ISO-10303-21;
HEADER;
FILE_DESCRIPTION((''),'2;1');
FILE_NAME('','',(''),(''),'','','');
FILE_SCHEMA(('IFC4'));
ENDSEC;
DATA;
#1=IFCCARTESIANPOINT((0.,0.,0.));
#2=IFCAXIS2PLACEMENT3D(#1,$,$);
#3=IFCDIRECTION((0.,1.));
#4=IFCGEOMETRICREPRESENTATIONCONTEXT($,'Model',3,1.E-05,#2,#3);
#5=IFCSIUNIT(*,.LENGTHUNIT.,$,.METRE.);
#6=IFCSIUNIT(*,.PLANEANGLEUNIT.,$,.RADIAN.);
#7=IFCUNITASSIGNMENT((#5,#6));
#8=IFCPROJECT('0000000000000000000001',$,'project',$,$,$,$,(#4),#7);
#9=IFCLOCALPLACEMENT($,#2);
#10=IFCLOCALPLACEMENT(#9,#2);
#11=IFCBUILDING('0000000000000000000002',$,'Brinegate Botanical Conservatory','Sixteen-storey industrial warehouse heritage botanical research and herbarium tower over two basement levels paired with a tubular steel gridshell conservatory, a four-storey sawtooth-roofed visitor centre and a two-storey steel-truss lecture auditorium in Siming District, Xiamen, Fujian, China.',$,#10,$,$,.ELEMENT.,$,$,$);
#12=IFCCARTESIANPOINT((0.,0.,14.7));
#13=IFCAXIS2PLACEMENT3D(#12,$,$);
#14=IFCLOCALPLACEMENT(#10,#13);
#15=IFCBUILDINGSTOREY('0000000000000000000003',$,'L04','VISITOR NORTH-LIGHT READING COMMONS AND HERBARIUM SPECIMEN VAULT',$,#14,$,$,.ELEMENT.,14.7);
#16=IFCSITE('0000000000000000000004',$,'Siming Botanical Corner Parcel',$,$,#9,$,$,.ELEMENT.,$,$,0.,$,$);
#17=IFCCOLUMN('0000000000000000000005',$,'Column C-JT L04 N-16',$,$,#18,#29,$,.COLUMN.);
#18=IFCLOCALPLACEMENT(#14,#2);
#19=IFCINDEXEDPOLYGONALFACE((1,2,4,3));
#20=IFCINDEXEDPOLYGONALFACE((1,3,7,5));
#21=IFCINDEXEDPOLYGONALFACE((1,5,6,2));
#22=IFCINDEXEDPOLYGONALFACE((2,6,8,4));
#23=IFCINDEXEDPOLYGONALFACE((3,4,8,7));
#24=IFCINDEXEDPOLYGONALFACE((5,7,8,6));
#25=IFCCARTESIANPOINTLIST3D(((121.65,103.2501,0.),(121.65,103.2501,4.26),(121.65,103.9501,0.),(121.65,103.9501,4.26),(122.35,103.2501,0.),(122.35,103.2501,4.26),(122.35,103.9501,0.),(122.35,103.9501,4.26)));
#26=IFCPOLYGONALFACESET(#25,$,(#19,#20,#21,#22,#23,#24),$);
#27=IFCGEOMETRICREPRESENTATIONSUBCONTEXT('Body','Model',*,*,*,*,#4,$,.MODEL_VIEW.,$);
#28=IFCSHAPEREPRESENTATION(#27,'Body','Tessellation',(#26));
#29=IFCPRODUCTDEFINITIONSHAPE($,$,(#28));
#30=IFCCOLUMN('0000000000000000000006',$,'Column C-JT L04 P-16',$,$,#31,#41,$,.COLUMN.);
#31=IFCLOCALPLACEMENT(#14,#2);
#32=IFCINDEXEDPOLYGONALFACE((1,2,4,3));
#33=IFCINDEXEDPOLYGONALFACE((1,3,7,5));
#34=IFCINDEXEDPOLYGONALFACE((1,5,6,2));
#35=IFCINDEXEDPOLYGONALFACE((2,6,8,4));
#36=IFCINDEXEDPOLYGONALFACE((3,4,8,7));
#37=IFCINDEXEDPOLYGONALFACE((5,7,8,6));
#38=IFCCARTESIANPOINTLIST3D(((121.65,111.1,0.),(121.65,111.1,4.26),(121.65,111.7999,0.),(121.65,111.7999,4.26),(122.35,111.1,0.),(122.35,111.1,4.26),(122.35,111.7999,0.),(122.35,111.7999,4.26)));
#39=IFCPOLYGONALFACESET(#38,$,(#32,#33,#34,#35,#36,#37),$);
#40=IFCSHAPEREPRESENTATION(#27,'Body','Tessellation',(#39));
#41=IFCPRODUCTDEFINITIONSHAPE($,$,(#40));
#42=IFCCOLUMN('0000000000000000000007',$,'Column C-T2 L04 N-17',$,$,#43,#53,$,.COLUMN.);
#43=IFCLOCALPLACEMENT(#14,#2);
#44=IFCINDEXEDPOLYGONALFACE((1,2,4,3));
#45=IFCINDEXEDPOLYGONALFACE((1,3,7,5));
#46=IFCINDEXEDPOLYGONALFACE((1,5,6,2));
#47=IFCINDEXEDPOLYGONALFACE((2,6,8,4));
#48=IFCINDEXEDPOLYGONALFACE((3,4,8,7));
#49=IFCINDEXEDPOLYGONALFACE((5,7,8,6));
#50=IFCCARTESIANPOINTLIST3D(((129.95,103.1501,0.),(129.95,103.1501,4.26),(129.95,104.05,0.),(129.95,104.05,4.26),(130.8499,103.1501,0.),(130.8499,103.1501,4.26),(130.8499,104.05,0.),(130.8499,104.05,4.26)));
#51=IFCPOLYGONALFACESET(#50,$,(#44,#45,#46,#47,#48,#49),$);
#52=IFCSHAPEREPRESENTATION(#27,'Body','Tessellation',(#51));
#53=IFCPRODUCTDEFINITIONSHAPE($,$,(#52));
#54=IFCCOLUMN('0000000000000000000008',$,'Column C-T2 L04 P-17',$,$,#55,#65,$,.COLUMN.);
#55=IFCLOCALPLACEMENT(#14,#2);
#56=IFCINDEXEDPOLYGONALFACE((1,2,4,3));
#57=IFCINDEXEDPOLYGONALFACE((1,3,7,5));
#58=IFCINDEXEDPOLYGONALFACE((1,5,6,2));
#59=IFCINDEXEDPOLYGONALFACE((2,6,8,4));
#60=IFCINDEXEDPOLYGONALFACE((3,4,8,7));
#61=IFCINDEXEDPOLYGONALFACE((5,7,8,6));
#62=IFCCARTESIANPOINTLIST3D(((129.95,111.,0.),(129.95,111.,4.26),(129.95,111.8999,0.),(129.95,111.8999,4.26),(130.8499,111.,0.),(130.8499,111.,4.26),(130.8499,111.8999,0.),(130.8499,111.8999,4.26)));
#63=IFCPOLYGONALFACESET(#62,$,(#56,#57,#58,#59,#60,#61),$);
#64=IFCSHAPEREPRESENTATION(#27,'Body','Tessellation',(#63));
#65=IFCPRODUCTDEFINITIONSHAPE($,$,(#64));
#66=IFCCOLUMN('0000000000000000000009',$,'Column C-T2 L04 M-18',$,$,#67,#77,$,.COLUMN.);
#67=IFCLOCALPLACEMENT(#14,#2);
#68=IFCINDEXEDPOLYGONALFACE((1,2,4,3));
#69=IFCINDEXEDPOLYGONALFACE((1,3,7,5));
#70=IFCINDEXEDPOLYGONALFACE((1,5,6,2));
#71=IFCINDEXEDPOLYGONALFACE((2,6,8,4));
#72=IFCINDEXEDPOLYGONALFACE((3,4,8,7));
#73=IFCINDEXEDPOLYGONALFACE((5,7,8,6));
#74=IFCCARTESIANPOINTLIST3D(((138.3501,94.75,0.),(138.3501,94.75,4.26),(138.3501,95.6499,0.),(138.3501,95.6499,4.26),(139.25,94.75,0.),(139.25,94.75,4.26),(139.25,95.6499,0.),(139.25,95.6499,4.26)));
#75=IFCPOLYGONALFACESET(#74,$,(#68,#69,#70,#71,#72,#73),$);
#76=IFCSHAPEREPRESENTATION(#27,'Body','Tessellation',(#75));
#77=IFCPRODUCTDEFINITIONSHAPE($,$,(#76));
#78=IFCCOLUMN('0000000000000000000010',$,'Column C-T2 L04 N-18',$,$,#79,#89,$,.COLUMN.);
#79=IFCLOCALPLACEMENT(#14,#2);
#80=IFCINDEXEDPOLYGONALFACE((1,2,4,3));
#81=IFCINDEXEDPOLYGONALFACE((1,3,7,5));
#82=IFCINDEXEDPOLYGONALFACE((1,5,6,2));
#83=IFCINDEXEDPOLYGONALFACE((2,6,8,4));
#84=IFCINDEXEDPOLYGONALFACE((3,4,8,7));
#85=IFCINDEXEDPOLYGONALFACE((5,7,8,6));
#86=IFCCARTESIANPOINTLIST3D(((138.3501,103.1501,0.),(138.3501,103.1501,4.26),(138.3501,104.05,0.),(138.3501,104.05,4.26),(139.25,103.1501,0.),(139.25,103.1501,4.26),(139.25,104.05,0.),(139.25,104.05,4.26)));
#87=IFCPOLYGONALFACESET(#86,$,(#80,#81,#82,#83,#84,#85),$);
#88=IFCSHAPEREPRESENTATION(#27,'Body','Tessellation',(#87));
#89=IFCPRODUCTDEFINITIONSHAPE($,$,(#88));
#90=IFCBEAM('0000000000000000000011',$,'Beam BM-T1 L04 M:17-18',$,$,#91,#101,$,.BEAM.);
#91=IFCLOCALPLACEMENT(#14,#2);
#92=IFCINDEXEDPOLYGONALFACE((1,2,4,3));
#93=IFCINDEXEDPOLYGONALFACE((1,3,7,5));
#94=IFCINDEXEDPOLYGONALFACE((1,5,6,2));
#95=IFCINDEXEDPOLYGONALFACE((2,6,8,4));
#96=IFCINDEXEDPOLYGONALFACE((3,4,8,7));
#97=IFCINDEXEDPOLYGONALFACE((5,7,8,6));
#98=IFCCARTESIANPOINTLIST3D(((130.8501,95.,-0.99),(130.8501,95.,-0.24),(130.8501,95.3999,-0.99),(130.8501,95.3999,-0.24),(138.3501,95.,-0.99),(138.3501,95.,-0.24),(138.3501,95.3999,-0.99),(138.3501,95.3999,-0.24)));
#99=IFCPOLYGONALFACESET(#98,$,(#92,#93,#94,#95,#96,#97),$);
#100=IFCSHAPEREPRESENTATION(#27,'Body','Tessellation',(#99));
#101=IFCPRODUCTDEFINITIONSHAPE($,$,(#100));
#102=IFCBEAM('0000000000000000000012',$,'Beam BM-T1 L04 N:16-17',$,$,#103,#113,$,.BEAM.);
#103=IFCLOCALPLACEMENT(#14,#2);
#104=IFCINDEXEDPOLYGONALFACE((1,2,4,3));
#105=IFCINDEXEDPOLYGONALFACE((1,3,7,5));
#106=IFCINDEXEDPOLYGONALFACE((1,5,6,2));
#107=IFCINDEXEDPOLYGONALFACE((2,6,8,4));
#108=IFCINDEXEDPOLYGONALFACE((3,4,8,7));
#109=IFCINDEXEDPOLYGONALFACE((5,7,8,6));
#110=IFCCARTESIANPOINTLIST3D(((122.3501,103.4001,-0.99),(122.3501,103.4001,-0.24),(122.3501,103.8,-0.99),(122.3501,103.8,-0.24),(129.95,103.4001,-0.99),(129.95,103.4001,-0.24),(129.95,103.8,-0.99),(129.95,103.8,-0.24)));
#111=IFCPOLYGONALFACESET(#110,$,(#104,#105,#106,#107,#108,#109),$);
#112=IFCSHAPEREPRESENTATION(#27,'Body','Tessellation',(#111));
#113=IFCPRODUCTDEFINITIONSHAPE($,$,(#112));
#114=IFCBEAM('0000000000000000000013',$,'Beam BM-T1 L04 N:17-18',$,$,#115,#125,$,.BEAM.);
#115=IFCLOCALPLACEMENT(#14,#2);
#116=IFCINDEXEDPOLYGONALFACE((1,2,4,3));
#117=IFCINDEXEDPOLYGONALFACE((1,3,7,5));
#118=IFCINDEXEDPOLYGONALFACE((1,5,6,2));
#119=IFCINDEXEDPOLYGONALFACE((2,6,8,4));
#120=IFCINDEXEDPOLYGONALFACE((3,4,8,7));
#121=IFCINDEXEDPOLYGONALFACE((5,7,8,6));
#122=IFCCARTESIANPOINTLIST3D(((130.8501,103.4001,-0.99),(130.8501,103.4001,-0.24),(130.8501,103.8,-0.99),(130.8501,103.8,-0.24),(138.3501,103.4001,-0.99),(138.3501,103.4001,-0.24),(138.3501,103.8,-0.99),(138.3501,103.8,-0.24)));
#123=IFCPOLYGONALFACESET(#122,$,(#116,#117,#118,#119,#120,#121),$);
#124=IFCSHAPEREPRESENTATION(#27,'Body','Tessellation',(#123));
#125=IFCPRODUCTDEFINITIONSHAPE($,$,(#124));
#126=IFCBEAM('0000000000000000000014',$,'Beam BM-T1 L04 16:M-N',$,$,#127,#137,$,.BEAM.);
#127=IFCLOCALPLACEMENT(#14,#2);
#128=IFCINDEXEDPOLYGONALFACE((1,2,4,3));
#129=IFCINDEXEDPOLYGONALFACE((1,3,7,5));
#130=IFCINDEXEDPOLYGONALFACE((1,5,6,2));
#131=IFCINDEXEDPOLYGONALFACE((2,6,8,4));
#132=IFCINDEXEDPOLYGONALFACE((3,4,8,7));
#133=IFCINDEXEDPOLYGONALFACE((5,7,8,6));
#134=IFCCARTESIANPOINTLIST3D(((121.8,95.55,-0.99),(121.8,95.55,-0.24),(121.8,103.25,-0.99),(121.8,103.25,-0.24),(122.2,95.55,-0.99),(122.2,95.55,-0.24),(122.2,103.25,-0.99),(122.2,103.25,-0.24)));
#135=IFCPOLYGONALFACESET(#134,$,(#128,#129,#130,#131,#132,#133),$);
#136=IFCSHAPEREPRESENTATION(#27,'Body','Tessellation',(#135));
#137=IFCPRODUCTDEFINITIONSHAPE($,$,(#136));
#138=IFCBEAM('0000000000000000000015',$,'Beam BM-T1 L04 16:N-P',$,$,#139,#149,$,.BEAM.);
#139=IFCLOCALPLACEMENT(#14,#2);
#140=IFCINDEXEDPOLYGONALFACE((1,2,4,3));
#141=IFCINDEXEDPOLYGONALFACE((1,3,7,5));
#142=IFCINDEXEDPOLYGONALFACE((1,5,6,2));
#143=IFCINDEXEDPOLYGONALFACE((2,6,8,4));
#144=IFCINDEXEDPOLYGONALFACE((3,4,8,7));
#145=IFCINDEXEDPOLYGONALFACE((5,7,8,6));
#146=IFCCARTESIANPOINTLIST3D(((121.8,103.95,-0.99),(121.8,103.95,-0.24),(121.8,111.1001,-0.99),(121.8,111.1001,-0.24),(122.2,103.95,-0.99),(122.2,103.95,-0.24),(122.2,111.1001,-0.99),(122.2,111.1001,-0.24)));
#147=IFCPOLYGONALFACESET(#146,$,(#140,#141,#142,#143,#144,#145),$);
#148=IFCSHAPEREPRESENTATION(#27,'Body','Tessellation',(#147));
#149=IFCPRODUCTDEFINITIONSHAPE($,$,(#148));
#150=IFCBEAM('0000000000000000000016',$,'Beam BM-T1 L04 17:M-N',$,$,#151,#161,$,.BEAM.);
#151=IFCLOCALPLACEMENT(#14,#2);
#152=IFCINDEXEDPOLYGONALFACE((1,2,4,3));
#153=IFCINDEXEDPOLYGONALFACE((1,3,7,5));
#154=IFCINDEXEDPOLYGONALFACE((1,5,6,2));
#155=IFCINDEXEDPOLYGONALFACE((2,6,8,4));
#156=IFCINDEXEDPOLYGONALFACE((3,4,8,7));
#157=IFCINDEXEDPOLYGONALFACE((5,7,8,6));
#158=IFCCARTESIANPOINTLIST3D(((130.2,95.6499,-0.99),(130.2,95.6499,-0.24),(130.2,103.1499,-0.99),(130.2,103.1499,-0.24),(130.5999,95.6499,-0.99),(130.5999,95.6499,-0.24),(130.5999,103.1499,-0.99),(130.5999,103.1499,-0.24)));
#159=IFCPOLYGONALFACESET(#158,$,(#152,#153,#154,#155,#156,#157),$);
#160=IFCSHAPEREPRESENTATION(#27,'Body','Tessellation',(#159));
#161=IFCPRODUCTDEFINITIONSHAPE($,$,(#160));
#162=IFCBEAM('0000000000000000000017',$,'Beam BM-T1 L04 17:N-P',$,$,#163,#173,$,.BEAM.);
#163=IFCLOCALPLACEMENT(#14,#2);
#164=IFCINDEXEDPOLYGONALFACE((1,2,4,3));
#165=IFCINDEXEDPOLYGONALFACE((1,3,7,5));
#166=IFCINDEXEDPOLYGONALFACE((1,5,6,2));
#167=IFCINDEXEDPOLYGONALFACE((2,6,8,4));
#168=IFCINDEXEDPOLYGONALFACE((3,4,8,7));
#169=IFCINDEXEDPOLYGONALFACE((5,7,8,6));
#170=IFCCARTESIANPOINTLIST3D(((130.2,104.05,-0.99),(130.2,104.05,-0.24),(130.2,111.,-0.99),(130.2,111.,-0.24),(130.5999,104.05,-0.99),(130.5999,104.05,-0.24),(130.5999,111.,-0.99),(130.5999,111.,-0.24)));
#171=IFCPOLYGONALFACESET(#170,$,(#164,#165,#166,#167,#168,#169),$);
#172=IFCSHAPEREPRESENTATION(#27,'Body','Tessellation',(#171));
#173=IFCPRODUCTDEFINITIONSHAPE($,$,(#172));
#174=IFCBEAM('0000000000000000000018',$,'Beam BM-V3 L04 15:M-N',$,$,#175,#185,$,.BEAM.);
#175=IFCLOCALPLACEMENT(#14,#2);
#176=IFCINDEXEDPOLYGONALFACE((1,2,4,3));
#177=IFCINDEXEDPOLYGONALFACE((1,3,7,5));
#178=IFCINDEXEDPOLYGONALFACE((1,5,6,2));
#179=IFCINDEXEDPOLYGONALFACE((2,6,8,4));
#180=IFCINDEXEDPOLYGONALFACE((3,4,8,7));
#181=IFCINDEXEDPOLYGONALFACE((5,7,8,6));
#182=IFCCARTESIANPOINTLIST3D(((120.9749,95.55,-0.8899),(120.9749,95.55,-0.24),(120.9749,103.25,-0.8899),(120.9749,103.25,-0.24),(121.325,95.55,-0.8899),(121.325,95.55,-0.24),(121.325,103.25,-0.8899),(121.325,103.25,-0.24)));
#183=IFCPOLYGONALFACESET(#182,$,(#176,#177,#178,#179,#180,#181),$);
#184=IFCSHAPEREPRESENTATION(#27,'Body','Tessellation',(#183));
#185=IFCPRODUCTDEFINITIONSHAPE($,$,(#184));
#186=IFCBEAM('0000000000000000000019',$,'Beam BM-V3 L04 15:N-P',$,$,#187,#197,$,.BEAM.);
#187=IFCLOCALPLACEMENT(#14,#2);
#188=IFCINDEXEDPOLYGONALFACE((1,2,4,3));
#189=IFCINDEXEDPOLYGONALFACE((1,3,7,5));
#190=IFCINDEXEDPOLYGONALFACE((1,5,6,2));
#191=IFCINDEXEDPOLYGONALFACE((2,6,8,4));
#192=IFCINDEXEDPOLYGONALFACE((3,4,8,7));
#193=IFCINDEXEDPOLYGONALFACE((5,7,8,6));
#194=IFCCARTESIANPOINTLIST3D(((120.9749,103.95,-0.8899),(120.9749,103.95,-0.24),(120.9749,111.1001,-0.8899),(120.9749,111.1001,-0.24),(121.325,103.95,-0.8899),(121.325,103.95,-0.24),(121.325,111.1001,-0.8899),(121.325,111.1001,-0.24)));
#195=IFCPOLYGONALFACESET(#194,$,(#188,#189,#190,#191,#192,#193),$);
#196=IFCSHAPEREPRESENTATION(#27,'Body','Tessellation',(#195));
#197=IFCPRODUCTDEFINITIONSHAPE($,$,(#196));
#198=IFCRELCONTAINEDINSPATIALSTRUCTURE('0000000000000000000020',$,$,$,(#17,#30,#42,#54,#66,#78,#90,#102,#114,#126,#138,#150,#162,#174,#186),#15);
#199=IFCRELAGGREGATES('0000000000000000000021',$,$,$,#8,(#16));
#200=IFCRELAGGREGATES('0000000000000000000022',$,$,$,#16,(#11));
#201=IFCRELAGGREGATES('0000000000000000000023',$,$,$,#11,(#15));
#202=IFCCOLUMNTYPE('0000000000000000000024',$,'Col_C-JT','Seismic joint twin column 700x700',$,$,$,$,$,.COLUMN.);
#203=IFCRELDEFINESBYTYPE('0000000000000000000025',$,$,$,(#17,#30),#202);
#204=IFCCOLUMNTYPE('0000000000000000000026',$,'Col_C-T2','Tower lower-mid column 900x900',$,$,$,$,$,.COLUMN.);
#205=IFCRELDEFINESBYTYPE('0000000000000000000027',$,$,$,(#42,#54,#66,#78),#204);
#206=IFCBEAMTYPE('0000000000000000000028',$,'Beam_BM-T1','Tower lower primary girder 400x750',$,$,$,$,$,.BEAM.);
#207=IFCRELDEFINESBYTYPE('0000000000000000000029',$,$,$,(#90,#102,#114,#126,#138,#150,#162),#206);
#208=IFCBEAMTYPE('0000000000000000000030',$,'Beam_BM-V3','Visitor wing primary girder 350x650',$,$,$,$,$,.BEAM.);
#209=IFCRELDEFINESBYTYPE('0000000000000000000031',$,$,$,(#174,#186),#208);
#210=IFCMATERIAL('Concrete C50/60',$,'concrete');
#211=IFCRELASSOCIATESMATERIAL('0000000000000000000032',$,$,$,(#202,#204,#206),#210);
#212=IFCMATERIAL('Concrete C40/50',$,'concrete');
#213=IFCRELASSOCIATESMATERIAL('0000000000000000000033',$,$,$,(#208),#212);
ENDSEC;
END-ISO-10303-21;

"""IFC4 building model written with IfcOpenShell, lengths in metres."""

from ifc_helpers import new_model, si_unit, direction, frame, origin, origin_2d, place, context, subcontext, project, spatial, rectangle, extrude, material, material_profile, profile_set, type_object, element, save


model = new_model("IFC4")

# Units and contexts
model_context = context("Model", 3, precision=1e-05, world=origin(), true_north=direction((0.0, 1.0)))
body_context = subcontext(model_context, "Body", "Model", "MODEL_VIEW")
ifc_project = project(units=[si_unit("LENGTHUNIT", "METRE"), si_unit("PLANEANGLEUNIT", "RADIAN")], contexts=[model_context])

# Site, building, storey
site_placement = place(None, origin())
site = spatial("IfcSite", under=ifc_project, at=site_placement, Name="Siming Botanical Corner Parcel", CompositionType="ELEMENT", RefElevation=0.0)
building_placement = place(site_placement, origin())
building = spatial("IfcBuilding", under=site, at=building_placement, Name="Brinegate Botanical Conservatory", Description="Sixteen-storey industrial warehouse heritage botanical research and herbarium tower over two basement levels paired with a tubular steel gridshell conservatory, a four-storey sawtooth-roofed visitor centre and a two-storey steel-truss lecture auditorium in Siming District, Xiamen, Fujian, China.", CompositionType="ELEMENT")
storey_placement = place(building_placement, frame((0.0, 0.0, 14.7)))
storey = spatial("IfcBuildingStorey", under=building, at=storey_placement, Name="L04", Description="VISITOR NORTH-LIGHT READING COMMONS AND HERBARIUM SPECIMEN VAULT", CompositionType="ELEMENT", Elevation=14.7)

# Columns
ifc_material_1 = material(Name="Concrete C50/60", Category="concrete")
ifc_material_profile_1 = material_profile(ifc_material_1, rectangle(XDim=0.7, YDim=0.7, at=origin_2d()), Name="RC COL 700x700")
ifc_profile_set_1 = profile_set([ifc_material_profile_1], Name="Concrete C50/60")
column_type_1 = type_object("IfcColumnType", Name="Col_C-JT", Description="Seismic joint twin column 700x700", PredefinedType="COLUMN", material=ifc_profile_set_1)
for number, where, z_axis, x_axis, name in (
    (1, (122.0, 103.6001, 0.0), (0.0, 0.0, 1.0), (1.0, 0.0, 0.0), "Column C-JT L04 N-16"),
    (2, (122.0, 111.45, 0.0), (0.0, 0.0, 1.0), (1.0, 0.0, 0.0), "Column C-JT L04 P-16"),
):
    element("IfcColumn", number, at=place(storey_placement, frame(where, z_axis=z_axis, x_axis=x_axis)), inside=storey, type_object=column_type_1, Name=name, PredefinedType="COLUMN", context=body_context, shape_type="SweptSolid", body=[
        extrude(rectangle(XDim=0.7, YDim=0.7, at=origin_2d()), origin(), (0.0, 0.0, 1.0), 4.26),
    ])
ifc_material_profile_2 = material_profile(ifc_material_1, rectangle(XDim=0.8999, YDim=0.8999, at=origin_2d()), Name="RC COL 900x900")
ifc_profile_set_2 = profile_set([ifc_material_profile_2], Name="Concrete C50/60")
column_type_2 = type_object("IfcColumnType", Name="Col_C-T2", Description="Tower lower-mid column 900x900", PredefinedType="COLUMN", material=ifc_profile_set_2)
for number, where, z_axis, x_axis, name in (
    (3, (130.3999, 103.6001, 0.0), (0.0, 0.0, 1.0), (1.0, 0.0, 0.0), "Column C-T2 L04 N-17"),
    (4, (130.3999, 111.45, 0.0), (0.0, 0.0, 1.0), (1.0, 0.0, 0.0), "Column C-T2 L04 P-17"),
    (5, (138.8, 95.2, 0.0), (0.0, 0.0, 1.0), (1.0, 0.0, 0.0), "Column C-T2 L04 M-18"),
    (6, (138.8, 103.6001, 0.0), (0.0, 0.0, 1.0), (1.0, 0.0, 0.0), "Column C-T2 L04 N-18"),
):
    element("IfcColumn", number, at=place(storey_placement, frame(where, z_axis=z_axis, x_axis=x_axis)), inside=storey, type_object=column_type_2, Name=name, PredefinedType="COLUMN", context=body_context, shape_type="SweptSolid", body=[
        extrude(rectangle(XDim=0.8999, YDim=0.8999, at=origin_2d()), origin(), (0.0, 0.0, 1.0), 4.26),
    ])

# Beams
ifc_material_profile_3 = material_profile(ifc_material_1, rectangle(XDim=0.3999, YDim=0.75, at=origin_2d()), Name="RC BM 400x750")
ifc_profile_set_3 = profile_set([ifc_material_profile_3], Name="Concrete C50/60")
beam_type_1 = type_object("IfcBeamType", Name="Beam_BM-T1", Description="Tower lower primary girder 400x750", PredefinedType="BEAM", material=ifc_profile_set_3)
beam_1_placement = place(storey_placement, frame((130.8501, 95.2, -0.615), z_axis=(1.0, 0.0, 0.0), x_axis=(0.0, 1.0, 0.0)))
element("IfcBeam", 7, at=beam_1_placement, inside=storey, type_object=beam_type_1, Name="Beam BM-T1 L04 M:17-18", PredefinedType="BEAM", context=body_context, shape_type="SweptSolid", body=[
    extrude(rectangle(XDim=0.3999, YDim=0.75, at=origin_2d()), origin(), (0.0, 0.0, 1.0), 7.5),
])
beam_2_placement = place(storey_placement, frame((122.3501, 103.6001, -0.615), z_axis=(1.0, 0.0, 0.0), x_axis=(0.0, 1.0, 0.0)))
element("IfcBeam", 8, at=beam_2_placement, inside=storey, type_object=beam_type_1, Name="Beam BM-T1 L04 N:16-17", PredefinedType="BEAM", context=body_context, shape_type="SweptSolid", body=[
    extrude(rectangle(XDim=0.3999, YDim=0.75, at=origin_2d()), origin(), (0.0, 0.0, 1.0), 7.5999),
])
beam_3_placement = place(storey_placement, frame((130.8501, 103.6001, -0.615), z_axis=(1.0, 0.0, 0.0), x_axis=(0.0, 1.0, 0.0)))
element("IfcBeam", 9, at=beam_3_placement, inside=storey, type_object=beam_type_1, Name="Beam BM-T1 L04 N:17-18", PredefinedType="BEAM", context=body_context, shape_type="SweptSolid", body=[
    extrude(rectangle(XDim=0.3999, YDim=0.75, at=origin_2d()), origin(), (0.0, 0.0, 1.0), 7.5),
])
beam_4_placement = place(storey_placement, frame((122.0, 95.55, -0.615), z_axis=(0.0, 1.0, 0.0), x_axis=(-1.0, 0.0, 0.0)))
element("IfcBeam", 10, at=beam_4_placement, inside=storey, type_object=beam_type_1, Name="Beam BM-T1 L04 16:M-N", PredefinedType="BEAM", context=body_context, shape_type="SweptSolid", body=[
    extrude(rectangle(XDim=0.3999, YDim=0.75, at=origin_2d()), origin(), (0.0, 0.0, 1.0), 7.7),
])
beam_5_placement = place(storey_placement, frame((122.0, 103.95, -0.615), z_axis=(0.0, 1.0, 0.0), x_axis=(-1.0, 0.0, 0.0)))
element("IfcBeam", 11, at=beam_5_placement, inside=storey, type_object=beam_type_1, Name="Beam BM-T1 L04 16:N-P", PredefinedType="BEAM", context=body_context, shape_type="SweptSolid", body=[
    extrude(rectangle(XDim=0.3999, YDim=0.75, at=origin_2d()), origin(), (0.0, 0.0, 1.0), 7.1501),
])
beam_6_placement = place(storey_placement, frame((130.3999, 95.6499, -0.615), z_axis=(0.0, 1.0, 0.0), x_axis=(-1.0, 0.0, 0.0)))
element("IfcBeam", 12, at=beam_6_placement, inside=storey, type_object=beam_type_1, Name="Beam BM-T1 L04 17:M-N", PredefinedType="BEAM", context=body_context, shape_type="SweptSolid", body=[
    extrude(rectangle(XDim=0.3999, YDim=0.75, at=origin_2d()), origin(), (0.0, 0.0, 1.0), 7.5),
])
beam_7_placement = place(storey_placement, frame((130.3999, 104.05, -0.615), z_axis=(0.0, 1.0, 0.0), x_axis=(-1.0, 0.0, 0.0)))
element("IfcBeam", 13, at=beam_7_placement, inside=storey, type_object=beam_type_1, Name="Beam BM-T1 L04 17:N-P", PredefinedType="BEAM", context=body_context, shape_type="SweptSolid", body=[
    extrude(rectangle(XDim=0.3999, YDim=0.75, at=origin_2d()), origin(), (0.0, 0.0, 1.0), 6.95),
])
ifc_material_2 = material(Name="Concrete C40/50", Category="concrete")
ifc_material_profile_4 = material_profile(ifc_material_2, rectangle(XDim=0.3501, YDim=0.6499, at=origin_2d()), Name="RC BM 350x650")
ifc_profile_set_4 = profile_set([ifc_material_profile_4], Name="Concrete C40/50")
beam_type_2 = type_object("IfcBeamType", Name="Beam_BM-V3", Description="Visitor wing primary girder 350x650", PredefinedType="BEAM", material=ifc_profile_set_4)
beam_8_placement = place(storey_placement, frame((121.1499, 95.55, -0.5649), z_axis=(0.0, 1.0, 0.0), x_axis=(-1.0, 0.0, 0.0)))
element("IfcBeam", 14, at=beam_8_placement, inside=storey, type_object=beam_type_2, Name="Beam BM-V3 L04 15:M-N", PredefinedType="BEAM", context=body_context, shape_type="SweptSolid", body=[
    extrude(rectangle(XDim=0.3501, YDim=0.6499, at=origin_2d()), origin(), (0.0, 0.0, 1.0), 7.7),
])
beam_9_placement = place(storey_placement, frame((121.1499, 103.95, -0.5649), z_axis=(0.0, 1.0, 0.0), x_axis=(-1.0, 0.0, 0.0)))
element("IfcBeam", 15, at=beam_9_placement, inside=storey, type_object=beam_type_2, Name="Beam BM-V3 L04 15:N-P", PredefinedType="BEAM", context=body_context, shape_type="SweptSolid", body=[
    extrude(rectangle(XDim=0.3501, YDim=0.6499, at=origin_2d()), origin(), (0.0, 0.0, 1.0), 7.1501),
])

save(model, "model.ifc")
